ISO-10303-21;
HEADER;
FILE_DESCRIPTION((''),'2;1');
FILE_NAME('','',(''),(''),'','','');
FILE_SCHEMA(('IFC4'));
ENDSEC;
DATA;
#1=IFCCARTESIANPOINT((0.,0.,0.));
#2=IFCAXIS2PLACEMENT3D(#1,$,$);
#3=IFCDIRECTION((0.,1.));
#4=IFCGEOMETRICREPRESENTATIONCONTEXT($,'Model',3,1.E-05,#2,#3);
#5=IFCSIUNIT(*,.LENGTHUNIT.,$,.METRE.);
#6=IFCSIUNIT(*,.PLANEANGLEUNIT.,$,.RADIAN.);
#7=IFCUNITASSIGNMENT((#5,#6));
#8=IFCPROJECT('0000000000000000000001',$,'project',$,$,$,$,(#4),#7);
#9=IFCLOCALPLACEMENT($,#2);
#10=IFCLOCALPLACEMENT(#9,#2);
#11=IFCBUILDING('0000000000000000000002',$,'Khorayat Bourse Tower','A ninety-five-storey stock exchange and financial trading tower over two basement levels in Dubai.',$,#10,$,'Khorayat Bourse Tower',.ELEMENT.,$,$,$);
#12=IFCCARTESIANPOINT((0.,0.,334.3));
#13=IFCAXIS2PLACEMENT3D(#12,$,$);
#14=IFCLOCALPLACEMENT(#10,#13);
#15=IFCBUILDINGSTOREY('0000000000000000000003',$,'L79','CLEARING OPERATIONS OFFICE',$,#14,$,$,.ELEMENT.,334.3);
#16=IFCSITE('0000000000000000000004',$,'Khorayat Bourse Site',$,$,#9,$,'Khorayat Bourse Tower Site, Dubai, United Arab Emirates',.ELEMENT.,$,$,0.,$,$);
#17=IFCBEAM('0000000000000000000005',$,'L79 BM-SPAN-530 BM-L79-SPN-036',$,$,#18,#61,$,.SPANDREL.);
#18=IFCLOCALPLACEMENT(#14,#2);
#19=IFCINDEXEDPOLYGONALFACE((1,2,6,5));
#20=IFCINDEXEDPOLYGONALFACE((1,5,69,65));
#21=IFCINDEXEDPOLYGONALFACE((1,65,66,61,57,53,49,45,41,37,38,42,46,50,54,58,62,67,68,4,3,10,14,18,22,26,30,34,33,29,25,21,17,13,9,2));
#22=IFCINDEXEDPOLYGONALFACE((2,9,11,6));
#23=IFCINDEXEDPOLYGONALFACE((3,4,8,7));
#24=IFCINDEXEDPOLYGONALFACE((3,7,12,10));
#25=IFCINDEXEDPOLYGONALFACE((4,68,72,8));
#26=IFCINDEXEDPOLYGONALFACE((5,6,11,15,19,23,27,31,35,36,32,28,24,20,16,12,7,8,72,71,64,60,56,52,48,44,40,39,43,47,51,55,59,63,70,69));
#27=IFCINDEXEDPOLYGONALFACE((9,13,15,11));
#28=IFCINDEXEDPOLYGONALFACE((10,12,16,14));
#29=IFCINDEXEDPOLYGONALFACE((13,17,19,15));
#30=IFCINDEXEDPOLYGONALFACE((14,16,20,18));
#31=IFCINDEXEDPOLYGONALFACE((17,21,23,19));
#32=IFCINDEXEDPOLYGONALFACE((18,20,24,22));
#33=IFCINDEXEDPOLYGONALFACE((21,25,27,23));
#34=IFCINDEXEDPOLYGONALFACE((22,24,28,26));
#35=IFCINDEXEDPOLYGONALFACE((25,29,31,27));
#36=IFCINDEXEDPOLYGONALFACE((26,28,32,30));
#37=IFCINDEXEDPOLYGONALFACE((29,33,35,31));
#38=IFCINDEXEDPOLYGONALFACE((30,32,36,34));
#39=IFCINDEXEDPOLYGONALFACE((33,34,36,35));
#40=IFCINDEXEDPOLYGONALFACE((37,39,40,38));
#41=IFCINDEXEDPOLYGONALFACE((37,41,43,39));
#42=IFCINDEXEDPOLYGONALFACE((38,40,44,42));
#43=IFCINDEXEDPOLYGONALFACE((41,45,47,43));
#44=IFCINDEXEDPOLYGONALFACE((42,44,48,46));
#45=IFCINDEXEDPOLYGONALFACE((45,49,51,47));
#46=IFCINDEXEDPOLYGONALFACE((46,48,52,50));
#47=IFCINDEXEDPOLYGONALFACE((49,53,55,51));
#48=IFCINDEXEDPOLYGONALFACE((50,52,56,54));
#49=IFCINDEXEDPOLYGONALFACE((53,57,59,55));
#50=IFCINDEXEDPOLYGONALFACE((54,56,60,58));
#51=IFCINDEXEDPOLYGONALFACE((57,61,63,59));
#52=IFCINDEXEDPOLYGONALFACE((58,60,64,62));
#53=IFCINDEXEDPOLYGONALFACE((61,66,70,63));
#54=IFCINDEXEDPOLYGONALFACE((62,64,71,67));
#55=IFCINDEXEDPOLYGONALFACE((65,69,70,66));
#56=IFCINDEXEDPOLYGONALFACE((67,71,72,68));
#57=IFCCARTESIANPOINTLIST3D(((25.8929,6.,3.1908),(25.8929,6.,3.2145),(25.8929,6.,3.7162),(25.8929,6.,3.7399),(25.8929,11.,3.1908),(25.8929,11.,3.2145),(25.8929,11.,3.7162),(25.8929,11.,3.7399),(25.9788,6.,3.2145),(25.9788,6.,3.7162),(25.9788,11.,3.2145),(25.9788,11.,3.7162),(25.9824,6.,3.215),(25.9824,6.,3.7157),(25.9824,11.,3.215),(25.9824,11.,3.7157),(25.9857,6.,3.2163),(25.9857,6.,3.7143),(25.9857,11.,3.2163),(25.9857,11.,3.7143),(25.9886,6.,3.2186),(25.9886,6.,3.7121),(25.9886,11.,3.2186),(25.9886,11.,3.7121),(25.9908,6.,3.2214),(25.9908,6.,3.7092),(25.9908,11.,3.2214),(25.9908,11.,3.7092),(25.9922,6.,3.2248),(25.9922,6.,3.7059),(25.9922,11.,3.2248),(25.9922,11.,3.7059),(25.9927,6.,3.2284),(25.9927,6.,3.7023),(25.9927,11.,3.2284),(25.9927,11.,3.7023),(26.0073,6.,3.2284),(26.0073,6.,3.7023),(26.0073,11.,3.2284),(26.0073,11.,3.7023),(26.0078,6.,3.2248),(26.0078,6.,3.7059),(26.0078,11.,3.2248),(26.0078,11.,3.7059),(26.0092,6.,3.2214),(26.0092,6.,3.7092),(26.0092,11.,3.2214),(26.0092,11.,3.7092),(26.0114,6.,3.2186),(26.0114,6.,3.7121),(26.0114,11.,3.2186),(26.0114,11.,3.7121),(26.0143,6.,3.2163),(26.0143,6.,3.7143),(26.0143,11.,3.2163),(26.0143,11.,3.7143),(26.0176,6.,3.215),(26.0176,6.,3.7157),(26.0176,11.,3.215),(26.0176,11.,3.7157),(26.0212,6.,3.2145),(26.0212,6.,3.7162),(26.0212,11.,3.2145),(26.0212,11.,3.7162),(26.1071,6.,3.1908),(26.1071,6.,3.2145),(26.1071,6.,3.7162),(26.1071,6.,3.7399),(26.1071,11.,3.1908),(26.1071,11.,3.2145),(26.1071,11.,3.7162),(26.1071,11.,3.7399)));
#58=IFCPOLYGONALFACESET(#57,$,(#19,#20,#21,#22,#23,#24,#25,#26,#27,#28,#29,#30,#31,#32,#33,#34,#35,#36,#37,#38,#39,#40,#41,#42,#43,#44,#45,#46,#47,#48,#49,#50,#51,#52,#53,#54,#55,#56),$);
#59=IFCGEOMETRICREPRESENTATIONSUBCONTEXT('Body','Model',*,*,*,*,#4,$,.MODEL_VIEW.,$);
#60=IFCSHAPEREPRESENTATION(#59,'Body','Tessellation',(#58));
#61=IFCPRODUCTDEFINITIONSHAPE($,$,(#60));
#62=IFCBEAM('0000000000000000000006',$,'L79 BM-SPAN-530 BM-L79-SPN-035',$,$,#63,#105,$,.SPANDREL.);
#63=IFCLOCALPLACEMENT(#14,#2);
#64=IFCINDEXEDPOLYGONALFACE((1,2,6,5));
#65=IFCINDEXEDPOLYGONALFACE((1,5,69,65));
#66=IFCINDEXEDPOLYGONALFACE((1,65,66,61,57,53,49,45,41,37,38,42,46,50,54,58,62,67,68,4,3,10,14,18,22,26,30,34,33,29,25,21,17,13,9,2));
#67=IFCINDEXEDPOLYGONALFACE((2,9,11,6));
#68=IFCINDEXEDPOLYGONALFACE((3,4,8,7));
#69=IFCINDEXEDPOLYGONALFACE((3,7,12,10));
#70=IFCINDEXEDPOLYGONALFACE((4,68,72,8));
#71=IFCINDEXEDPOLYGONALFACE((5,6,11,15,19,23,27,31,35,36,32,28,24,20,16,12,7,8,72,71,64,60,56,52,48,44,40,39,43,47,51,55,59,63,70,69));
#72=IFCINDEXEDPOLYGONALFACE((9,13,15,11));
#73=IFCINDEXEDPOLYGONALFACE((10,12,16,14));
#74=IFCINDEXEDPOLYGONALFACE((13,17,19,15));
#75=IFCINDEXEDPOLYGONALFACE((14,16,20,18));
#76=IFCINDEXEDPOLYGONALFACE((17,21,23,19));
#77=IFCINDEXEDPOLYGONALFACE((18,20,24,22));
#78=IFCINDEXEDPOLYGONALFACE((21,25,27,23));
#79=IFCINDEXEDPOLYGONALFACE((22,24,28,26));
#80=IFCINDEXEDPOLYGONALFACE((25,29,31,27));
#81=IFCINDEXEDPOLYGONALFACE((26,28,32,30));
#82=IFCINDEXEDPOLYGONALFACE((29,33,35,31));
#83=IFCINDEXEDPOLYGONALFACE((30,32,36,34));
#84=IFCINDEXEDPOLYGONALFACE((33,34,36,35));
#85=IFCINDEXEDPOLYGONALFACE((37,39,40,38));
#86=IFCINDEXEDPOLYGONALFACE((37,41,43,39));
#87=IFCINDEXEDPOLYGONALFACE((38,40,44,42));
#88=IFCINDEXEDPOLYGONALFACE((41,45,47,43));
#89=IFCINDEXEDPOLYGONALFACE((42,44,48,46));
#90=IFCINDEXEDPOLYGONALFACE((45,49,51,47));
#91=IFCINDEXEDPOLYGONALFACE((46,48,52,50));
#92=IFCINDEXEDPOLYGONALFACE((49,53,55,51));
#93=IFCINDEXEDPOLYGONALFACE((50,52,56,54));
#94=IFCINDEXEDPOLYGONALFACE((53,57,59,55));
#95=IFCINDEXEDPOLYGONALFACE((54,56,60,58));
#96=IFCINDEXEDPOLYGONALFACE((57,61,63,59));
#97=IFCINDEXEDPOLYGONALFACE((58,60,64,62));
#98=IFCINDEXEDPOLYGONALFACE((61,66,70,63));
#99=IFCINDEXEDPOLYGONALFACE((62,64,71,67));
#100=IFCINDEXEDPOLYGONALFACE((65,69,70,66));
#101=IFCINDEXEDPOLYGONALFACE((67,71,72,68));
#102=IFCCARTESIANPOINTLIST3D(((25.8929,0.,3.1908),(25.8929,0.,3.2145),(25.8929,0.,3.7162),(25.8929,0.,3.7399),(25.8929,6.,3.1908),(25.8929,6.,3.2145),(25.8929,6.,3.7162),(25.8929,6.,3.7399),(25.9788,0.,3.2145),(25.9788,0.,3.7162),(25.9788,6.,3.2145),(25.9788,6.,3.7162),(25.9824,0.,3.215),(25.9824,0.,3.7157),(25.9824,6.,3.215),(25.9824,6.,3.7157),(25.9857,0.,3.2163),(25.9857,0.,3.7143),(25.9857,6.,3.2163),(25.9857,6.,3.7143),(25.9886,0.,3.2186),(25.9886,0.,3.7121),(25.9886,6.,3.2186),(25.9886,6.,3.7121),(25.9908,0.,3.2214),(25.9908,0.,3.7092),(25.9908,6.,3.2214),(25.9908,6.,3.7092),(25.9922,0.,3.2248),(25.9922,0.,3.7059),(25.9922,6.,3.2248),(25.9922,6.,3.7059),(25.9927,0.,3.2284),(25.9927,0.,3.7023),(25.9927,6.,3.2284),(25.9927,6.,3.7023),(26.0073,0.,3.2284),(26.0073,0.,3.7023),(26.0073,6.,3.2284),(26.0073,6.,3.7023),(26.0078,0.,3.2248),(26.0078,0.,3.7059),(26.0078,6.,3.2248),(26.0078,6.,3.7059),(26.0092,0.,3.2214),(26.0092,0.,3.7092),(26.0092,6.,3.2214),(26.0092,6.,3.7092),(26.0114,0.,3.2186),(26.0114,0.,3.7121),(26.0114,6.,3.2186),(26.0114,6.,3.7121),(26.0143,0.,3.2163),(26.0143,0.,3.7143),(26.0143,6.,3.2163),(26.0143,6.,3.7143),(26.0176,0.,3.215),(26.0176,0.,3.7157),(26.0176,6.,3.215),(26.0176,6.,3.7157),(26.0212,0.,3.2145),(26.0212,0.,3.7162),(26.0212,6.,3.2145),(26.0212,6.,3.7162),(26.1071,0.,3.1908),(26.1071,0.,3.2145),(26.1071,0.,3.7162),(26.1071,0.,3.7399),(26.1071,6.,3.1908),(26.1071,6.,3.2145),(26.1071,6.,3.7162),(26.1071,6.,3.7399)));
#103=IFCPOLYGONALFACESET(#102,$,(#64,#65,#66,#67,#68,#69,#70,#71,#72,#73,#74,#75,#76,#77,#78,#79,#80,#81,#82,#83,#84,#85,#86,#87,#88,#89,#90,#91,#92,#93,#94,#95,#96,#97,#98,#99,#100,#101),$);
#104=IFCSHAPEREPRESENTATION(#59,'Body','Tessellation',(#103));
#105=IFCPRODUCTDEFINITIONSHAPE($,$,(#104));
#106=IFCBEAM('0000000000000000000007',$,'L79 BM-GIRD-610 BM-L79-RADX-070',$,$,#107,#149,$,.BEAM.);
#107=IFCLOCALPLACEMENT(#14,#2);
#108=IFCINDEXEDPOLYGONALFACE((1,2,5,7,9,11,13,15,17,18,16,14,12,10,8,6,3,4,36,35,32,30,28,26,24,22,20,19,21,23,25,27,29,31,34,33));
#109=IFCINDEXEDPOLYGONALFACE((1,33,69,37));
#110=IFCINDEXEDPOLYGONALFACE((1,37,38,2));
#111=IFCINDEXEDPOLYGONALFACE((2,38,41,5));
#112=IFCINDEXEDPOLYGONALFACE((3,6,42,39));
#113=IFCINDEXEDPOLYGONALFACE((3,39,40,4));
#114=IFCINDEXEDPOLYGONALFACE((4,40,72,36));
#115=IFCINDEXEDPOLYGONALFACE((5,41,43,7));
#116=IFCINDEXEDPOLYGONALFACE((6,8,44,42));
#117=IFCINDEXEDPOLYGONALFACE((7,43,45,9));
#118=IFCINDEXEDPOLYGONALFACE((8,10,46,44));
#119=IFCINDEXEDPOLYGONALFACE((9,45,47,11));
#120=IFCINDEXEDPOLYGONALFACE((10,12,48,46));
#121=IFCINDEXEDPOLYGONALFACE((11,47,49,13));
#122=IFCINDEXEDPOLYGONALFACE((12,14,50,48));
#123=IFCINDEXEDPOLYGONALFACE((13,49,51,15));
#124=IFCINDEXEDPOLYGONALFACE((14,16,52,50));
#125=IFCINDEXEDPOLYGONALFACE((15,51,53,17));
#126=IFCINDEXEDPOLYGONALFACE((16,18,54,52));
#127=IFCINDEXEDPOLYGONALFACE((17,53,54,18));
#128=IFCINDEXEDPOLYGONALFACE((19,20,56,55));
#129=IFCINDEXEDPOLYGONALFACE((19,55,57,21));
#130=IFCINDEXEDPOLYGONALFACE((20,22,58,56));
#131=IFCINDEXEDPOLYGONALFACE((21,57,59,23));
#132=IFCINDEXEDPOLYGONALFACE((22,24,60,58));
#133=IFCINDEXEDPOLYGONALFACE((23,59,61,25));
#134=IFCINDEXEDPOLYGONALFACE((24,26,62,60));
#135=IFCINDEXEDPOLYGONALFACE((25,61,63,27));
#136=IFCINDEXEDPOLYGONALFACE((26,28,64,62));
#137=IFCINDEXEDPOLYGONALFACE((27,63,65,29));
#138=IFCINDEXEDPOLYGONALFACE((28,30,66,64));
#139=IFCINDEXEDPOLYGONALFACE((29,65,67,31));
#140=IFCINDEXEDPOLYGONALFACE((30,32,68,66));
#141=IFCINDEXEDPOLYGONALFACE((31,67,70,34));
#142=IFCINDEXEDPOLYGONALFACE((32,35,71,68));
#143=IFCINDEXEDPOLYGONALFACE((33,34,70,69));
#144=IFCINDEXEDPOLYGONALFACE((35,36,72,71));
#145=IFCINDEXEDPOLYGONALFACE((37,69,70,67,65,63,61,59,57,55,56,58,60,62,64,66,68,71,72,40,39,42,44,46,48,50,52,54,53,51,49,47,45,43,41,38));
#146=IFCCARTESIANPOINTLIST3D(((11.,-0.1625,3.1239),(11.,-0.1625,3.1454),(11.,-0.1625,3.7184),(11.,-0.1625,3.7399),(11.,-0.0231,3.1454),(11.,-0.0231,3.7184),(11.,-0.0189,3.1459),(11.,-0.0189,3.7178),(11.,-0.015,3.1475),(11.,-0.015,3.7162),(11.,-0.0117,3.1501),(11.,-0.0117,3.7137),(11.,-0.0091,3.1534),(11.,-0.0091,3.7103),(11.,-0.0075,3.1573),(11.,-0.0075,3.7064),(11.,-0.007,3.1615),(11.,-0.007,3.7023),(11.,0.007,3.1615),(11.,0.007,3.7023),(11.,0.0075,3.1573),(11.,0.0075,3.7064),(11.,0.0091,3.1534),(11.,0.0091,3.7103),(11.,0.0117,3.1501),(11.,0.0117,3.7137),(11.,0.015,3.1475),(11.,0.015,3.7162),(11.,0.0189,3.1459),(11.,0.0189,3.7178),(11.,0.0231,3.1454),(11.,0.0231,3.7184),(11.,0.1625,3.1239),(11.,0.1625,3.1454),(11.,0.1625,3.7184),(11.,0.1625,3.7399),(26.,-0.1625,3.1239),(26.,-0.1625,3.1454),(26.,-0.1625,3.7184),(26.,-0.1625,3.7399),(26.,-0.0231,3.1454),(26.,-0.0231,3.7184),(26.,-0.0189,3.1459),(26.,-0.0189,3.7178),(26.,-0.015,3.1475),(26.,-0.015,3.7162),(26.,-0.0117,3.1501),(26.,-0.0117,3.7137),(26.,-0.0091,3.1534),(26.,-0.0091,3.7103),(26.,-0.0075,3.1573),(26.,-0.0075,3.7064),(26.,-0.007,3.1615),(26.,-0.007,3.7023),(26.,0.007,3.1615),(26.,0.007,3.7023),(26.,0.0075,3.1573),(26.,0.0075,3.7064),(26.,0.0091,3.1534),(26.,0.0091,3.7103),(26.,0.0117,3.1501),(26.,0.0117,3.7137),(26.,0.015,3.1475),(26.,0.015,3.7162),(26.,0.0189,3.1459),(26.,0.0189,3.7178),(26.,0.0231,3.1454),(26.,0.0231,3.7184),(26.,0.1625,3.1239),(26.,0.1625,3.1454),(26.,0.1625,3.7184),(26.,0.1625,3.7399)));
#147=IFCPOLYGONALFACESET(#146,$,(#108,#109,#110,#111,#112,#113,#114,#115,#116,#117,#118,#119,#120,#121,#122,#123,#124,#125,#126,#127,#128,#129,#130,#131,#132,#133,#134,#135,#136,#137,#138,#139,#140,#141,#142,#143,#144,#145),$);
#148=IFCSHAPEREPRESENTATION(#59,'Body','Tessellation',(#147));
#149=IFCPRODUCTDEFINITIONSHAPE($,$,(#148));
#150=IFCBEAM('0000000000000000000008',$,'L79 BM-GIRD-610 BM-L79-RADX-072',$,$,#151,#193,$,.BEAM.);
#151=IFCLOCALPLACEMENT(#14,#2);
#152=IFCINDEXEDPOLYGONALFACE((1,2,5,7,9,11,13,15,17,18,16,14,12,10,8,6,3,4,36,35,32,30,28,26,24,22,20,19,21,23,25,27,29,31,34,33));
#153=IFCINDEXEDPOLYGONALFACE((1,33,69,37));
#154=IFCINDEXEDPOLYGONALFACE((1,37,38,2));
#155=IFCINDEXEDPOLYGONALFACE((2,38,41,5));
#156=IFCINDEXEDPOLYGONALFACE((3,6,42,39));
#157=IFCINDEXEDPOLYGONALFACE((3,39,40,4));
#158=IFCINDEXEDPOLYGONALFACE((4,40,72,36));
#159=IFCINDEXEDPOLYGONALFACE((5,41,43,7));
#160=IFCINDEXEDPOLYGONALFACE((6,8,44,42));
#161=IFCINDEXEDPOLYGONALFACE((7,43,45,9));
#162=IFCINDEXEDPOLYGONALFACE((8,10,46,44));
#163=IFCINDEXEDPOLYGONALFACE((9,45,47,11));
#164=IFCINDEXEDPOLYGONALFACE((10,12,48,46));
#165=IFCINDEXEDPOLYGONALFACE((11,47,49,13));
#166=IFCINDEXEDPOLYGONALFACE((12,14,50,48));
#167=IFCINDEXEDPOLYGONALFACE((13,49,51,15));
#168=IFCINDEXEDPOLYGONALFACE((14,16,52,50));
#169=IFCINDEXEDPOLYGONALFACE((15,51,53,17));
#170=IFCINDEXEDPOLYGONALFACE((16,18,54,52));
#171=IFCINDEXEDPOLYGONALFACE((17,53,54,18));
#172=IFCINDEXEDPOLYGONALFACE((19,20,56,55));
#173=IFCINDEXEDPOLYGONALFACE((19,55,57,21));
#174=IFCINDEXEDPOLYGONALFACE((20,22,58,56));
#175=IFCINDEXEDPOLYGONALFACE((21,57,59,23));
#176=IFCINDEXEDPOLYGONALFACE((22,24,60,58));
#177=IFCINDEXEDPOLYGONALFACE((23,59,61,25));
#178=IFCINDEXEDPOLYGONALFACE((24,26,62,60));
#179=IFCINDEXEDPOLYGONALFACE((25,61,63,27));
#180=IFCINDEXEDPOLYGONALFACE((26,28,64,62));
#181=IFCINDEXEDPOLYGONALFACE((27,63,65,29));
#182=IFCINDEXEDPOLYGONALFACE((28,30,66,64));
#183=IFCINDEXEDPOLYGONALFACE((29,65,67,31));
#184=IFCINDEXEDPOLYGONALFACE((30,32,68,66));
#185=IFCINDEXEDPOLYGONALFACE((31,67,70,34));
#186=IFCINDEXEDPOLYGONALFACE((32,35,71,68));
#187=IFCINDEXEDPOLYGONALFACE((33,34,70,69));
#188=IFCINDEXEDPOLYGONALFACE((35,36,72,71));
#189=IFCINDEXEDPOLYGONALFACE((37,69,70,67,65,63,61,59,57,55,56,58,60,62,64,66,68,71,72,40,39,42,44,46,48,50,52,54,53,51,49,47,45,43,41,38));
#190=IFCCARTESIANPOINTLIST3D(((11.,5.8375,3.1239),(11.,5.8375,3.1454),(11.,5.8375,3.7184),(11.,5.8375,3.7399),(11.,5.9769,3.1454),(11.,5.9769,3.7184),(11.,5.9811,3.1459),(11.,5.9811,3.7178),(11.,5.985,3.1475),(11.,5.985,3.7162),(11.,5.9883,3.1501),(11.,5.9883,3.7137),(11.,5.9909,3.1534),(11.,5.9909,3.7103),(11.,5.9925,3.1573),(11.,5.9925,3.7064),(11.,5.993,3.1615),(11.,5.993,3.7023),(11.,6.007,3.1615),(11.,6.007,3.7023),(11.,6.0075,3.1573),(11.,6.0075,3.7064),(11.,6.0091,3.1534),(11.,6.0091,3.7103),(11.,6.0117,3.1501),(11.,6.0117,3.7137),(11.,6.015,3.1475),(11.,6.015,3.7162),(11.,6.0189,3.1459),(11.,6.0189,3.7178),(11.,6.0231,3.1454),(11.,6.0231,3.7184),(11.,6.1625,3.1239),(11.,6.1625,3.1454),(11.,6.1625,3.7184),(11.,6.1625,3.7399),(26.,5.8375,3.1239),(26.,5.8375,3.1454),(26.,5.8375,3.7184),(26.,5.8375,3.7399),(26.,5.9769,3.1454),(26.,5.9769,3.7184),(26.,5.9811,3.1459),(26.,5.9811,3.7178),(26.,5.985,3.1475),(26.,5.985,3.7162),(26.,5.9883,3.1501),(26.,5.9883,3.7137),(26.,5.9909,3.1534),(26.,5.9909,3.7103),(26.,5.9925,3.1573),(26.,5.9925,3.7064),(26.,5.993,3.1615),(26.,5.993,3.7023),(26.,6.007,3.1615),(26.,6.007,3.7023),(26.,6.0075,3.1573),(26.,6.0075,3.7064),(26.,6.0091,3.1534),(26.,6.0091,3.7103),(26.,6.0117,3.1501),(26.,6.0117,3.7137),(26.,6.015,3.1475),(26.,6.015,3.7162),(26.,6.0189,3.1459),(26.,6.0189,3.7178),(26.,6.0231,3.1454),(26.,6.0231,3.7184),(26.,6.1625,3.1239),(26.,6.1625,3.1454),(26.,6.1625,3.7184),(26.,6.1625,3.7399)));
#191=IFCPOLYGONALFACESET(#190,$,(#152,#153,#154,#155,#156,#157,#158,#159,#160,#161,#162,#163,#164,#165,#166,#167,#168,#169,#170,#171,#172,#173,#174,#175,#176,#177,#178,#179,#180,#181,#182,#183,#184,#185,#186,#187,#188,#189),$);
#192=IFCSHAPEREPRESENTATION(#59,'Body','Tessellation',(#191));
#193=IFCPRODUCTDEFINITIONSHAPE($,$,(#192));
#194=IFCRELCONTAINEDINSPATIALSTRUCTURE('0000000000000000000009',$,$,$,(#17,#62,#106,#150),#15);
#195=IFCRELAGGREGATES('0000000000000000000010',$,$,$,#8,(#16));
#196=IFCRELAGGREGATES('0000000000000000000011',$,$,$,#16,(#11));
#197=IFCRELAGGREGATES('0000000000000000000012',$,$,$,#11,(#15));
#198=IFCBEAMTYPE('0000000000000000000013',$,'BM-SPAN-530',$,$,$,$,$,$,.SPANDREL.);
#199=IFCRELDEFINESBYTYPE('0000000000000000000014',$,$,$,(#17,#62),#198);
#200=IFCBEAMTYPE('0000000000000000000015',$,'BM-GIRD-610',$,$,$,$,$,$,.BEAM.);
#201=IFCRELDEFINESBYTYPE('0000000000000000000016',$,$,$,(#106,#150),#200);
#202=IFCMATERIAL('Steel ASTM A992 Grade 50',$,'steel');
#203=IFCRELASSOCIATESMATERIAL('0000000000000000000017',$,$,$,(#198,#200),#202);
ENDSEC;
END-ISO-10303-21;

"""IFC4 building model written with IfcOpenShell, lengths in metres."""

from ifc_helpers import new_model, si_unit, direction, frame, origin, origin_2d, place, context, subcontext, project, spatial, i_section, extrude, source, transform, mapped, material, material_profile, profile_set, type_object, element, save


model = new_model("IFC4")

# Units and contexts
model_context = context("Model", 3, precision=1e-05, world=origin(), true_north=direction((0.0, 1.0)))
body_context = subcontext(model_context, "Body", "Model", "MODEL_VIEW")
ifc_project = project(units=[si_unit("LENGTHUNIT", "METRE"), si_unit("PLANEANGLEUNIT", "RADIAN")], contexts=[model_context])

# Site, building, storey
site_placement = place(None, origin())
site = spatial("IfcSite", under=ifc_project, at=site_placement, Name="Khorayat Bourse Site", LongName="Khorayat Bourse Tower Site, Dubai, United Arab Emirates", CompositionType="ELEMENT", RefElevation=0.0)
building_placement = place(site_placement, origin())
building = spatial("IfcBuilding", under=site, at=building_placement, Name="Khorayat Bourse Tower", Description="A ninety-five-storey stock exchange and financial trading tower over two basement levels in Dubai.", LongName="Khorayat Bourse Tower", CompositionType="ELEMENT")
storey_placement = place(building_placement, frame((0.0, 0.0, 334.3)))
storey = spatial("IfcBuildingStorey", under=building, at=storey_placement, Name="L79", Description="CLEARING OPERATIONS OFFICE", CompositionType="ELEMENT", Elevation=334.3)

# Beams
ifc_material_1 = material(Name="Steel ASTM A992 Grade 50", Category="steel")
ifc_material_profile_1 = material_profile(ifc_material_1, i_section(OverallWidth=0.2141, OverallDepth=0.5491, WebThickness=0.0146, FlangeThickness=0.0237, FilletRadius=0.0139, at=origin_2d()), Name="W530X138")
ifc_profile_set_1 = profile_set([ifc_material_profile_1], Name="Steel ASTM A992 Grade 50")
beam_type_1 = type_object("IfcBeamType", Name="BM-SPAN-530", PredefinedType="SPANDREL", material=ifc_profile_set_1)
shared_shape_1 = source(origin(), body_context, "Body", "SweptSolid", [
    extrude(i_section(OverallWidth=0.2141, OverallDepth=0.5491, WebThickness=0.0146, FlangeThickness=0.0237, FilletRadius=0.0139, at=origin_2d()), origin(), (0.0, 0.0, 1.0), 5.0),
])
beam_1_placement = place(storey_placement, frame((26.0, 6.0, 3.4653), z_axis=(0.0, 1.0, 0.0), x_axis=(-1.0, 0.0, 0.0)))
element("IfcBeam", 1, at=beam_1_placement, inside=storey, type_object=beam_type_1, Name="L79 BM-SPAN-530 BM-L79-SPN-036", PredefinedType="SPANDREL", context=body_context, shape_type="MappedRepresentation", body=[
    mapped(shared_shape_1, transform((0.0, 0.0, 0.0), scale=1.0)),
])
shared_shape_2 = source(origin(), body_context, "Body", "SweptSolid", [
    extrude(i_section(OverallWidth=0.2141, OverallDepth=0.5491, WebThickness=0.0146, FlangeThickness=0.0237, FilletRadius=0.0139, at=origin_2d()), origin(), (0.0, 0.0, 1.0), 6.0),
])
beam_2_placement = place(storey_placement, frame((26.0, 0.0, 3.4653), z_axis=(0.0, 1.0, 0.0), x_axis=(-1.0, 0.0, 0.0)))
element("IfcBeam", 2, at=beam_2_placement, inside=storey, type_object=beam_type_1, Name="L79 BM-SPAN-530 BM-L79-SPN-035", PredefinedType="SPANDREL", context=body_context, shape_type="MappedRepresentation", body=[
    mapped(shared_shape_2, transform((0.0, 0.0, 0.0), scale=1.0)),
])
ifc_material_profile_2 = material_profile(ifc_material_1, i_section(OverallWidth=0.325, OverallDepth=0.616, WebThickness=0.0139, FlangeThickness=0.0215, FilletRadius=0.0161, at=origin_2d()), Name="W610X174")
ifc_profile_set_2 = profile_set([ifc_material_profile_2], Name="Steel ASTM A992 Grade 50")
beam_type_2 = type_object("IfcBeamType", Name="BM-GIRD-610", PredefinedType="BEAM", material=ifc_profile_set_2)
shared_shape_3 = source(origin(), body_context, "Body", "SweptSolid", [
    extrude(i_section(OverallWidth=0.325, OverallDepth=0.616, WebThickness=0.0139, FlangeThickness=0.0215, FilletRadius=0.0161, at=origin_2d()), origin(), (0.0, 0.0, 1.0), 15.0),
])
for number, where, z_axis, x_axis, name in (
    (3, (11.0, 0.0, 3.4319), (1.0, 0.0, 0.0), (0.0, 1.0, 0.0), "L79 BM-GIRD-610 BM-L79-RADX-070"),
    (4, (11.0, 6.0, 3.4319), (1.0, 0.0, 0.0), (0.0, 1.0, 0.0), "L79 BM-GIRD-610 BM-L79-RADX-072"),
):
    element("IfcBeam", number, at=place(storey_placement, frame(where, z_axis=z_axis, x_axis=x_axis)), inside=storey, type_object=beam_type_2, Name=name, PredefinedType="BEAM", context=body_context, shape_type="MappedRepresentation", body=[
        mapped(shared_shape_3, transform((0.0, 0.0, 0.0), scale=1.0)),
    ])

save(model, "model.ifc")
